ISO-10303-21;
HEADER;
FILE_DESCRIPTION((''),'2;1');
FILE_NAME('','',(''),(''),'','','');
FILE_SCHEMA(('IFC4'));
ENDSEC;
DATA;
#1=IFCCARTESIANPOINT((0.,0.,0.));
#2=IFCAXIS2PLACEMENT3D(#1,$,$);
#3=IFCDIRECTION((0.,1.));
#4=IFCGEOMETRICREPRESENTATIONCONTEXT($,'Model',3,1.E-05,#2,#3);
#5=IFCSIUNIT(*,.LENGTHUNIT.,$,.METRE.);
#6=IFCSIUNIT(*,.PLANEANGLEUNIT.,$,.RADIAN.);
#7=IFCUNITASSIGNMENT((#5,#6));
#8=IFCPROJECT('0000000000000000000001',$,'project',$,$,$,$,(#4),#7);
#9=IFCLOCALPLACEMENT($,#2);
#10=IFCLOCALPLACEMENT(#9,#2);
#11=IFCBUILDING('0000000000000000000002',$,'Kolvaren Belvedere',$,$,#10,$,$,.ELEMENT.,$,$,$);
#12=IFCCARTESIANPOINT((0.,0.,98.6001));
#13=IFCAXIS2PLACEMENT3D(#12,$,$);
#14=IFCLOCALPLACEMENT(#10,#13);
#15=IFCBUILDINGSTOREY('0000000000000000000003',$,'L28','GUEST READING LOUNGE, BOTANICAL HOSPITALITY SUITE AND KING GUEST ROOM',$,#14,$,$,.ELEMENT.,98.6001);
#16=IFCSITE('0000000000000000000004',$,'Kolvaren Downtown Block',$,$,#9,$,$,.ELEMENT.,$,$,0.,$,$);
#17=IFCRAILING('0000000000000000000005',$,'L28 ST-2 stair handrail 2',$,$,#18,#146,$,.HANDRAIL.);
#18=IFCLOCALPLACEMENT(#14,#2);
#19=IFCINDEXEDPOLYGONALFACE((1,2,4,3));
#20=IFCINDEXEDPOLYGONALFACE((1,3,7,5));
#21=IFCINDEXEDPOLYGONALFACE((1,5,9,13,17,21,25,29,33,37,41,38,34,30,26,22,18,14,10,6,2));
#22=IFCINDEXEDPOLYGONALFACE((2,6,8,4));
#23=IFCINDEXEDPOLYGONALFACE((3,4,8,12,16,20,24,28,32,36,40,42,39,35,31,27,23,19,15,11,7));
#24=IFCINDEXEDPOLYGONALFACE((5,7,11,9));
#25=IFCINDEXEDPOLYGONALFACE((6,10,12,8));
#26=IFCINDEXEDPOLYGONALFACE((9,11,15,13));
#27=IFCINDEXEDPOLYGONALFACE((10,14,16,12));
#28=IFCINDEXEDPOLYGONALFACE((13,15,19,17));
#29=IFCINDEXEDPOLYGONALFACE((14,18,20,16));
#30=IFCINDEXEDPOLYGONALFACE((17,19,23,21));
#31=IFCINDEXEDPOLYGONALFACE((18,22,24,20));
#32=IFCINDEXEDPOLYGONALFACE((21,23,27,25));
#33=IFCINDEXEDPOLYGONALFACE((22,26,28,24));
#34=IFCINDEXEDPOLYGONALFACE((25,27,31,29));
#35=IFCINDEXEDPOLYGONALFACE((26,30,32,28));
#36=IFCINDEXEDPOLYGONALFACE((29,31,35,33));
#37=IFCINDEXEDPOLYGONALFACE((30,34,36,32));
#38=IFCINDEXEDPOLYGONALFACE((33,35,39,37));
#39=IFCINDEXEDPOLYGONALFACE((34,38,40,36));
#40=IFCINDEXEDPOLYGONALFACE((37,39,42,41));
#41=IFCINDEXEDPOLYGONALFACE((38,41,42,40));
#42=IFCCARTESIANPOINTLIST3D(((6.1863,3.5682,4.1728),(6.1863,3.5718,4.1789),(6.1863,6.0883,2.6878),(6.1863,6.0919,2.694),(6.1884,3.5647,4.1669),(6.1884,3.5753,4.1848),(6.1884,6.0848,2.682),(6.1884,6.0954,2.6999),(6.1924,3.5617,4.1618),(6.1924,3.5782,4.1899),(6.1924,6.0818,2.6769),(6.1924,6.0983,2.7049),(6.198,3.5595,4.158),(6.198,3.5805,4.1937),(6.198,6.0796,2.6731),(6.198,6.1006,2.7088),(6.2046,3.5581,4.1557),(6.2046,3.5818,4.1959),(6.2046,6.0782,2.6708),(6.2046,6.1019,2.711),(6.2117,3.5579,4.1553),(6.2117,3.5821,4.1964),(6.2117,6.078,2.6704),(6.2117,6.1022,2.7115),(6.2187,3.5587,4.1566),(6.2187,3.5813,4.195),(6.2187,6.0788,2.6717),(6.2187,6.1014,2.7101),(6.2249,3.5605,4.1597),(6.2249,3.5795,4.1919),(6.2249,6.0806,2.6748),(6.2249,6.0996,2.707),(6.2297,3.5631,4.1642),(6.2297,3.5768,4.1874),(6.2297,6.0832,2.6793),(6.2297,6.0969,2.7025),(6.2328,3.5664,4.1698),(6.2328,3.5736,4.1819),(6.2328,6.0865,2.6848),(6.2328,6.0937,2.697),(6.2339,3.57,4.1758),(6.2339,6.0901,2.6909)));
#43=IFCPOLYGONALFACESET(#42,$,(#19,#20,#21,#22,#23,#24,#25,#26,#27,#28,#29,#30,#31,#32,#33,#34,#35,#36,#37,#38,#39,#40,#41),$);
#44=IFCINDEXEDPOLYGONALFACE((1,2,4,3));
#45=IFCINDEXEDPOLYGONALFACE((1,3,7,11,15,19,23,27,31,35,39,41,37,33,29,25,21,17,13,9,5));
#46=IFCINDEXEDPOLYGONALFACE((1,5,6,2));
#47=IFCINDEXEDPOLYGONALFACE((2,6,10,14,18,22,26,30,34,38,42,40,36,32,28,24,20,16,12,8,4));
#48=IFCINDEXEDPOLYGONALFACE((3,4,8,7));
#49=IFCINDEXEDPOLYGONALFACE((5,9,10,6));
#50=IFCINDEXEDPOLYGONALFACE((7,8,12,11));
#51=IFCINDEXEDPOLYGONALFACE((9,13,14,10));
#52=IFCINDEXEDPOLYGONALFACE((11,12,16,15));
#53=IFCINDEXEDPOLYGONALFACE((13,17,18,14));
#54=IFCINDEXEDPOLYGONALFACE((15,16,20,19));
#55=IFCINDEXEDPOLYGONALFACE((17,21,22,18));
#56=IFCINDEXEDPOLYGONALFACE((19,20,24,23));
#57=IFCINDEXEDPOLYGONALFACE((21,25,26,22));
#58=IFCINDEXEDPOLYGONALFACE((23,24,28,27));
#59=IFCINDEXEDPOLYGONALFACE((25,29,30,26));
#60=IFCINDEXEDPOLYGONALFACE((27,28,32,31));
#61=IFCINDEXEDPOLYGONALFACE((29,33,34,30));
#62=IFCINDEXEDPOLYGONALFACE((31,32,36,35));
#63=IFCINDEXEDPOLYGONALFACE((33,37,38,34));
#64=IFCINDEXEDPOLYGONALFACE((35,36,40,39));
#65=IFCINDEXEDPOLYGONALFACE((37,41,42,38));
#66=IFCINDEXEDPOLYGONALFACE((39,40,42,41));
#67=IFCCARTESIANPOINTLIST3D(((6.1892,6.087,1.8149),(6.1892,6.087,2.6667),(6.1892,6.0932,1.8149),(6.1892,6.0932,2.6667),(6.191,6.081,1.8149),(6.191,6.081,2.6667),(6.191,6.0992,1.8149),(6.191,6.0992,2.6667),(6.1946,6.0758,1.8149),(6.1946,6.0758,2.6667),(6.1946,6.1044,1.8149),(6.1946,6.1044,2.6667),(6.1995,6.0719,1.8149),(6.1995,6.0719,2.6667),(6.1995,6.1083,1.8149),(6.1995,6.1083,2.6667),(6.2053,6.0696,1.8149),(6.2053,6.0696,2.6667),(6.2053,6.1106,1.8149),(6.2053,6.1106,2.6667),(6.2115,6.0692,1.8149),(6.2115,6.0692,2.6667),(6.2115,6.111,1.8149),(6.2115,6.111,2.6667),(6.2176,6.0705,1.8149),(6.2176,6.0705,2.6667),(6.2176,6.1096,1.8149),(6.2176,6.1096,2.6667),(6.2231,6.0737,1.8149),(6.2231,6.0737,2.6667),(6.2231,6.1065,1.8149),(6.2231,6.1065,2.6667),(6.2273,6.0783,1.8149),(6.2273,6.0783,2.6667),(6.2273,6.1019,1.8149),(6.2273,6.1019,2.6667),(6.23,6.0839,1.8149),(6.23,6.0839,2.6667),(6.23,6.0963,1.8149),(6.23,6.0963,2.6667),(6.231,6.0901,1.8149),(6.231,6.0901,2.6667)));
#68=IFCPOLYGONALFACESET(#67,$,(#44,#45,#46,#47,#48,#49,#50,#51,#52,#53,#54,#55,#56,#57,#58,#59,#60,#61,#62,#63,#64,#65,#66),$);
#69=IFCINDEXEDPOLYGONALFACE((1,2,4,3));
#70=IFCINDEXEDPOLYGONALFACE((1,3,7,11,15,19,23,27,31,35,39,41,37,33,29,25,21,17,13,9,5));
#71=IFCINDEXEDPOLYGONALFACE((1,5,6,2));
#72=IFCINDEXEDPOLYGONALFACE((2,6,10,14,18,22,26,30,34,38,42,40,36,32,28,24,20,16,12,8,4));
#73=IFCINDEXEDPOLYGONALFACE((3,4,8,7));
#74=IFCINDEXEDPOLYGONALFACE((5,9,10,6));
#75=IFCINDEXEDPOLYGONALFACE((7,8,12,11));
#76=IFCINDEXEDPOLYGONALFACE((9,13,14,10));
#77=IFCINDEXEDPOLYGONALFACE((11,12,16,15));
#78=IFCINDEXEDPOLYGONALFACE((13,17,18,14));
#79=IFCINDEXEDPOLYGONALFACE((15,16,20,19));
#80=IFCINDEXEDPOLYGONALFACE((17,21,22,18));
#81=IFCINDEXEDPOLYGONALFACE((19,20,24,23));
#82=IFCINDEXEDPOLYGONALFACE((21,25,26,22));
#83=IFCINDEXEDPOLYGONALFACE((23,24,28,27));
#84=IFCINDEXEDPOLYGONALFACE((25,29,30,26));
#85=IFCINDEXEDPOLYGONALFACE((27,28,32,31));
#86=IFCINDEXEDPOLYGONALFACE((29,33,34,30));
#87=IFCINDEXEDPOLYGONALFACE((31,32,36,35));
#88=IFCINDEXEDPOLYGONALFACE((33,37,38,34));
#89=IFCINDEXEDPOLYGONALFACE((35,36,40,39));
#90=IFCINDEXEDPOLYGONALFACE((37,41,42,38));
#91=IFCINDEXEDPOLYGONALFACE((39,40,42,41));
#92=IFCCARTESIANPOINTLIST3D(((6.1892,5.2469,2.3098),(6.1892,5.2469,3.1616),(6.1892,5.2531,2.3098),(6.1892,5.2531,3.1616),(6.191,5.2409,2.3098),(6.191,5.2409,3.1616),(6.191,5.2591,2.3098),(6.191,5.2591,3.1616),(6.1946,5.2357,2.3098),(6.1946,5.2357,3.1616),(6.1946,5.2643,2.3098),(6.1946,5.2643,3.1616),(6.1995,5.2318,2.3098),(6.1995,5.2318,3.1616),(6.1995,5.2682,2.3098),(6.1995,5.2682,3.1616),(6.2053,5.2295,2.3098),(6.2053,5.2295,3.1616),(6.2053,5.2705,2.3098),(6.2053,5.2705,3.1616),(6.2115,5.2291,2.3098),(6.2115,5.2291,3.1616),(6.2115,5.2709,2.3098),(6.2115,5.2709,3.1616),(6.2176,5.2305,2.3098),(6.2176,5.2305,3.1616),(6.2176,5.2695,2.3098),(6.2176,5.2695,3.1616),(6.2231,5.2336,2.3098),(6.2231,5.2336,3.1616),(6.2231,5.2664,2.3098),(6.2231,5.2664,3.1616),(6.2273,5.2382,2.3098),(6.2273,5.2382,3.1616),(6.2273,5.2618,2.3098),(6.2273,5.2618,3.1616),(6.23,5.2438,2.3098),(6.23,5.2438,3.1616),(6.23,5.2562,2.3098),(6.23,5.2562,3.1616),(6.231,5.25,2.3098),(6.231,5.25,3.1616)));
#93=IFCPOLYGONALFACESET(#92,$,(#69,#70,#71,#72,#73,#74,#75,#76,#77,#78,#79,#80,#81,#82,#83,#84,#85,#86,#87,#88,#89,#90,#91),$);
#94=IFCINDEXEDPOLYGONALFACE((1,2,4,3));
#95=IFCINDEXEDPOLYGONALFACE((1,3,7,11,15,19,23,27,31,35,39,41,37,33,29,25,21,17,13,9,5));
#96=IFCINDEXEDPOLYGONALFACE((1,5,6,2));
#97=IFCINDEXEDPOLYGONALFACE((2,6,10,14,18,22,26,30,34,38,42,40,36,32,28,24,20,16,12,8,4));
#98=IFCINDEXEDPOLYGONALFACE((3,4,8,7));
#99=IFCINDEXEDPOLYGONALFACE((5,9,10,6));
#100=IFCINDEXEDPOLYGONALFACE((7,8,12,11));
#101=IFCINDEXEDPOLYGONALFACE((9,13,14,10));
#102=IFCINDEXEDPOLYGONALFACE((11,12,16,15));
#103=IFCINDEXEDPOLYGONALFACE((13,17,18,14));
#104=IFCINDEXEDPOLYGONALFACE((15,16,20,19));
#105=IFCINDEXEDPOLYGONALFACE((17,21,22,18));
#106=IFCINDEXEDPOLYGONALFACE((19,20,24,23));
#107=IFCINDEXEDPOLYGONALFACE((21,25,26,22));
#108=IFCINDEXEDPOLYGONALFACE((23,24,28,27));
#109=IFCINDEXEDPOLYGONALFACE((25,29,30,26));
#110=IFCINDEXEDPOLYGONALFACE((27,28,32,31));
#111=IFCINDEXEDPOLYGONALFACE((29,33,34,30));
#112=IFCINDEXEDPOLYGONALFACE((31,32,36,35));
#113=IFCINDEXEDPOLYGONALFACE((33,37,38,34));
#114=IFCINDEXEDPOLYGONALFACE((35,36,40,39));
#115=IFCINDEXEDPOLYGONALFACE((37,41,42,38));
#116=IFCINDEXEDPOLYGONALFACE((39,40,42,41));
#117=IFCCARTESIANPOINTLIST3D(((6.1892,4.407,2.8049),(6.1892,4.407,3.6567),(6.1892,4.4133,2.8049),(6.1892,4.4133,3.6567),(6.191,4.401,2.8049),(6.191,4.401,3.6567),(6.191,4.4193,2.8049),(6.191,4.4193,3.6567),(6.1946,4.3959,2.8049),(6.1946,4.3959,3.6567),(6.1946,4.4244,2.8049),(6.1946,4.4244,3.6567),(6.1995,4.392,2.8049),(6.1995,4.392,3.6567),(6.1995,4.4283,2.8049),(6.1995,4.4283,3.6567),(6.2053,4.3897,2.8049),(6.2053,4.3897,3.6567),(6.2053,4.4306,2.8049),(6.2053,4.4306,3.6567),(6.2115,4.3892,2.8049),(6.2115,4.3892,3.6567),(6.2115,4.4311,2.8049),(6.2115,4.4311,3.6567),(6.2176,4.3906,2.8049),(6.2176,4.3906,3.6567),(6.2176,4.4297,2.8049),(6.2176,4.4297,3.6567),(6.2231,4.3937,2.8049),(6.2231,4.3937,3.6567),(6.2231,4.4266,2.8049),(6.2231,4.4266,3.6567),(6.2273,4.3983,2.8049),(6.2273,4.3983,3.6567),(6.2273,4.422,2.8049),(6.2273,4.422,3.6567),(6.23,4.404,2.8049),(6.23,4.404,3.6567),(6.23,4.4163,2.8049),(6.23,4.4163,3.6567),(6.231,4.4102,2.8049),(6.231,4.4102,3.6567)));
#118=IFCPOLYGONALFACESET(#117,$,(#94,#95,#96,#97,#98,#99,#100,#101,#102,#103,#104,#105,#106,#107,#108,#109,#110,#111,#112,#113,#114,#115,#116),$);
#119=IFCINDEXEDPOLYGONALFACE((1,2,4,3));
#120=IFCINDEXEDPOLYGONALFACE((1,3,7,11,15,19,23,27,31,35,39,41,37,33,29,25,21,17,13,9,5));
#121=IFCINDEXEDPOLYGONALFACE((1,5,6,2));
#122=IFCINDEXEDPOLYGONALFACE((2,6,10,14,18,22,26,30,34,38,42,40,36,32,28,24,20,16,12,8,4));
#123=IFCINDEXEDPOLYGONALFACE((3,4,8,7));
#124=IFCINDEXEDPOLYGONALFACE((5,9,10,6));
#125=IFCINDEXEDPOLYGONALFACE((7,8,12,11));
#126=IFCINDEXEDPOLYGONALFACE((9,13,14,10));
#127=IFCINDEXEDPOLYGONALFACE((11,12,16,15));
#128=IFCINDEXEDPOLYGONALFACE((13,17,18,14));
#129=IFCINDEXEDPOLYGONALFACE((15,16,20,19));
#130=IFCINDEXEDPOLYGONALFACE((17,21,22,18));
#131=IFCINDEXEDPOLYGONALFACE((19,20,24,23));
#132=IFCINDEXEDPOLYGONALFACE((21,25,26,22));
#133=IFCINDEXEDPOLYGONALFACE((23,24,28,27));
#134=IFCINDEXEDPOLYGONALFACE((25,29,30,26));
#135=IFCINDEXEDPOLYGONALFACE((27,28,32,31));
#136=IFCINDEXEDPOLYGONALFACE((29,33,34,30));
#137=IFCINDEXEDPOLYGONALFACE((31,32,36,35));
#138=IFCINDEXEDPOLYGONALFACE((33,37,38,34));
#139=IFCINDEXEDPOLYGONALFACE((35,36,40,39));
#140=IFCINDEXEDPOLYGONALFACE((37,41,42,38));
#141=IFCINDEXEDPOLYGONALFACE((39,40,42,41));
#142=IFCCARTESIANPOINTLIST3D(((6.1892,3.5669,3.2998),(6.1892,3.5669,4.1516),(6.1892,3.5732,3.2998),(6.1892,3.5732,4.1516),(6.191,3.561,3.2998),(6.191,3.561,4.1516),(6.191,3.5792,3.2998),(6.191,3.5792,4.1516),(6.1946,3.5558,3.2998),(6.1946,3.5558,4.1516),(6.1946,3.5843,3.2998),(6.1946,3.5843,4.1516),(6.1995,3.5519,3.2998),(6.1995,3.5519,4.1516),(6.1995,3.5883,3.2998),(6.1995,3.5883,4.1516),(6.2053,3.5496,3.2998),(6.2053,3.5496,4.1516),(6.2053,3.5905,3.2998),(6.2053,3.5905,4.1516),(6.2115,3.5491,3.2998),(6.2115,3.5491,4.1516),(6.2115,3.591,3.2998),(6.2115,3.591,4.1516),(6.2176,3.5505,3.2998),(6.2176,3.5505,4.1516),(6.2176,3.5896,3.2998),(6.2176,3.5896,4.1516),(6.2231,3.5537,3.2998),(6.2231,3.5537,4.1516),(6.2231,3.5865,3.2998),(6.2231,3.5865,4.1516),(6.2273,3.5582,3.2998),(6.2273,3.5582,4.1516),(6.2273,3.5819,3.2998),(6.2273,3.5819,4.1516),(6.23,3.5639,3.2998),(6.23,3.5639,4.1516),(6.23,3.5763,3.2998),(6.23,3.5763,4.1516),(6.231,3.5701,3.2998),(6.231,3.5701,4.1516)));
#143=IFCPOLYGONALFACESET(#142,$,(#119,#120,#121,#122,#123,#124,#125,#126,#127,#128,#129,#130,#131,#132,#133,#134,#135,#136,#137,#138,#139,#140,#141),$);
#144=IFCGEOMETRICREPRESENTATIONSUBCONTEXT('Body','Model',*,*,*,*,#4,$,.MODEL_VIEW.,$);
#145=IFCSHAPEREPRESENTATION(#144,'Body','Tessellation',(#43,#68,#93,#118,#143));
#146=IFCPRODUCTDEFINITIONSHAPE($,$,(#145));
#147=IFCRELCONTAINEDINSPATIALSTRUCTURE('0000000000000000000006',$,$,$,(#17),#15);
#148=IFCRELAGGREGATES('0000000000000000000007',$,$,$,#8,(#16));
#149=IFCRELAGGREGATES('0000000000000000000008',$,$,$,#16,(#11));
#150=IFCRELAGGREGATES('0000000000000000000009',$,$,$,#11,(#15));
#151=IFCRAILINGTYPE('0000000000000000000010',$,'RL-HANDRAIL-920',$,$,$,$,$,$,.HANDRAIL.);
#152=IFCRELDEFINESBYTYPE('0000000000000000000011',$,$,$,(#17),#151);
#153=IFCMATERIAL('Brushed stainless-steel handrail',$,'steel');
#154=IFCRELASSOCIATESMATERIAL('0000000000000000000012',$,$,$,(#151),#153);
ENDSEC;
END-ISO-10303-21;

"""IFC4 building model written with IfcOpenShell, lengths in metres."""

from ifc_helpers import new_model, si_unit, direction, frame, origin, origin_2d, place, context, subcontext, project, spatial, circle, extrude, material, type_object, element, save


model = new_model("IFC4")

# Units and contexts
model_context = context("Model", 3, precision=1e-05, world=origin(), true_north=direction((0.0, 1.0)))
body_context = subcontext(model_context, "Body", "Model", "MODEL_VIEW")
ifc_project = project(units=[si_unit("LENGTHUNIT", "METRE"), si_unit("PLANEANGLEUNIT", "RADIAN")], contexts=[model_context])

# Site, building, storey
site_placement = place(None, origin())
site = spatial("IfcSite", under=ifc_project, at=site_placement, Name="Kolvaren Downtown Block", CompositionType="ELEMENT", RefElevation=0.0)
building_placement = place(site_placement, origin())
building = spatial("IfcBuilding", under=site, at=building_placement, Name="Kolvaren Belvedere", CompositionType="ELEMENT")
storey_placement = place(building_placement, frame((0.0, 0.0, 98.6001)))
storey = spatial("IfcBuildingStorey", under=building, at=storey_placement, Name="L28", Description="GUEST READING LOUNGE, BOTANICAL HOSPITALITY SUITE AND KING GUEST ROOM", CompositionType="ELEMENT", Elevation=98.6001)

# Railing
ifc_material_1 = material(Name="Brushed stainless-steel handrail", Category="steel")
railing_type_1 = type_object("IfcRailingType", Name="RL-HANDRAIL-920", PredefinedType="HANDRAIL", material=ifc_material_1)
railing_1_placement = place(storey_placement, frame((6.21, 6.0901, 1.8149)))
element("IfcRailing", 1, at=railing_1_placement, inside=storey, type_object=railing_type_1, Name="L28 ST-2 stair handrail 2", PredefinedType="HANDRAIL", context=body_context, shape_type="SweptSolid", body=[
    extrude(circle(Radius=0.0239, at=origin_2d()), frame((0.0, 0.0, 0.876), z_axis=(0.0, -0.861561, 0.507655), x_axis=(1.0, 0.0, 0.0)), (0.0, 0.0, 1.0), 2.925),
    extrude(circle(Radius=0.021, at=origin_2d()), origin(), (0.0, 0.0, 1.0), 0.8518),
    extrude(circle(Radius=0.021, at=origin_2d()), frame((0.0, -0.8401, 0.4949)), (0.0, 0.0, 1.0), 0.8518),
    extrude(circle(Radius=0.021, at=origin_2d()), frame((0.0, -1.6799, 0.99)), (0.0, 0.0, 1.0), 0.8518),
    extrude(circle(Radius=0.021, at=origin_2d()), frame((0.0, -2.52, 1.4849)), (0.0, 0.0, 1.0), 0.8518),
])

save(model, "model.ifc")
